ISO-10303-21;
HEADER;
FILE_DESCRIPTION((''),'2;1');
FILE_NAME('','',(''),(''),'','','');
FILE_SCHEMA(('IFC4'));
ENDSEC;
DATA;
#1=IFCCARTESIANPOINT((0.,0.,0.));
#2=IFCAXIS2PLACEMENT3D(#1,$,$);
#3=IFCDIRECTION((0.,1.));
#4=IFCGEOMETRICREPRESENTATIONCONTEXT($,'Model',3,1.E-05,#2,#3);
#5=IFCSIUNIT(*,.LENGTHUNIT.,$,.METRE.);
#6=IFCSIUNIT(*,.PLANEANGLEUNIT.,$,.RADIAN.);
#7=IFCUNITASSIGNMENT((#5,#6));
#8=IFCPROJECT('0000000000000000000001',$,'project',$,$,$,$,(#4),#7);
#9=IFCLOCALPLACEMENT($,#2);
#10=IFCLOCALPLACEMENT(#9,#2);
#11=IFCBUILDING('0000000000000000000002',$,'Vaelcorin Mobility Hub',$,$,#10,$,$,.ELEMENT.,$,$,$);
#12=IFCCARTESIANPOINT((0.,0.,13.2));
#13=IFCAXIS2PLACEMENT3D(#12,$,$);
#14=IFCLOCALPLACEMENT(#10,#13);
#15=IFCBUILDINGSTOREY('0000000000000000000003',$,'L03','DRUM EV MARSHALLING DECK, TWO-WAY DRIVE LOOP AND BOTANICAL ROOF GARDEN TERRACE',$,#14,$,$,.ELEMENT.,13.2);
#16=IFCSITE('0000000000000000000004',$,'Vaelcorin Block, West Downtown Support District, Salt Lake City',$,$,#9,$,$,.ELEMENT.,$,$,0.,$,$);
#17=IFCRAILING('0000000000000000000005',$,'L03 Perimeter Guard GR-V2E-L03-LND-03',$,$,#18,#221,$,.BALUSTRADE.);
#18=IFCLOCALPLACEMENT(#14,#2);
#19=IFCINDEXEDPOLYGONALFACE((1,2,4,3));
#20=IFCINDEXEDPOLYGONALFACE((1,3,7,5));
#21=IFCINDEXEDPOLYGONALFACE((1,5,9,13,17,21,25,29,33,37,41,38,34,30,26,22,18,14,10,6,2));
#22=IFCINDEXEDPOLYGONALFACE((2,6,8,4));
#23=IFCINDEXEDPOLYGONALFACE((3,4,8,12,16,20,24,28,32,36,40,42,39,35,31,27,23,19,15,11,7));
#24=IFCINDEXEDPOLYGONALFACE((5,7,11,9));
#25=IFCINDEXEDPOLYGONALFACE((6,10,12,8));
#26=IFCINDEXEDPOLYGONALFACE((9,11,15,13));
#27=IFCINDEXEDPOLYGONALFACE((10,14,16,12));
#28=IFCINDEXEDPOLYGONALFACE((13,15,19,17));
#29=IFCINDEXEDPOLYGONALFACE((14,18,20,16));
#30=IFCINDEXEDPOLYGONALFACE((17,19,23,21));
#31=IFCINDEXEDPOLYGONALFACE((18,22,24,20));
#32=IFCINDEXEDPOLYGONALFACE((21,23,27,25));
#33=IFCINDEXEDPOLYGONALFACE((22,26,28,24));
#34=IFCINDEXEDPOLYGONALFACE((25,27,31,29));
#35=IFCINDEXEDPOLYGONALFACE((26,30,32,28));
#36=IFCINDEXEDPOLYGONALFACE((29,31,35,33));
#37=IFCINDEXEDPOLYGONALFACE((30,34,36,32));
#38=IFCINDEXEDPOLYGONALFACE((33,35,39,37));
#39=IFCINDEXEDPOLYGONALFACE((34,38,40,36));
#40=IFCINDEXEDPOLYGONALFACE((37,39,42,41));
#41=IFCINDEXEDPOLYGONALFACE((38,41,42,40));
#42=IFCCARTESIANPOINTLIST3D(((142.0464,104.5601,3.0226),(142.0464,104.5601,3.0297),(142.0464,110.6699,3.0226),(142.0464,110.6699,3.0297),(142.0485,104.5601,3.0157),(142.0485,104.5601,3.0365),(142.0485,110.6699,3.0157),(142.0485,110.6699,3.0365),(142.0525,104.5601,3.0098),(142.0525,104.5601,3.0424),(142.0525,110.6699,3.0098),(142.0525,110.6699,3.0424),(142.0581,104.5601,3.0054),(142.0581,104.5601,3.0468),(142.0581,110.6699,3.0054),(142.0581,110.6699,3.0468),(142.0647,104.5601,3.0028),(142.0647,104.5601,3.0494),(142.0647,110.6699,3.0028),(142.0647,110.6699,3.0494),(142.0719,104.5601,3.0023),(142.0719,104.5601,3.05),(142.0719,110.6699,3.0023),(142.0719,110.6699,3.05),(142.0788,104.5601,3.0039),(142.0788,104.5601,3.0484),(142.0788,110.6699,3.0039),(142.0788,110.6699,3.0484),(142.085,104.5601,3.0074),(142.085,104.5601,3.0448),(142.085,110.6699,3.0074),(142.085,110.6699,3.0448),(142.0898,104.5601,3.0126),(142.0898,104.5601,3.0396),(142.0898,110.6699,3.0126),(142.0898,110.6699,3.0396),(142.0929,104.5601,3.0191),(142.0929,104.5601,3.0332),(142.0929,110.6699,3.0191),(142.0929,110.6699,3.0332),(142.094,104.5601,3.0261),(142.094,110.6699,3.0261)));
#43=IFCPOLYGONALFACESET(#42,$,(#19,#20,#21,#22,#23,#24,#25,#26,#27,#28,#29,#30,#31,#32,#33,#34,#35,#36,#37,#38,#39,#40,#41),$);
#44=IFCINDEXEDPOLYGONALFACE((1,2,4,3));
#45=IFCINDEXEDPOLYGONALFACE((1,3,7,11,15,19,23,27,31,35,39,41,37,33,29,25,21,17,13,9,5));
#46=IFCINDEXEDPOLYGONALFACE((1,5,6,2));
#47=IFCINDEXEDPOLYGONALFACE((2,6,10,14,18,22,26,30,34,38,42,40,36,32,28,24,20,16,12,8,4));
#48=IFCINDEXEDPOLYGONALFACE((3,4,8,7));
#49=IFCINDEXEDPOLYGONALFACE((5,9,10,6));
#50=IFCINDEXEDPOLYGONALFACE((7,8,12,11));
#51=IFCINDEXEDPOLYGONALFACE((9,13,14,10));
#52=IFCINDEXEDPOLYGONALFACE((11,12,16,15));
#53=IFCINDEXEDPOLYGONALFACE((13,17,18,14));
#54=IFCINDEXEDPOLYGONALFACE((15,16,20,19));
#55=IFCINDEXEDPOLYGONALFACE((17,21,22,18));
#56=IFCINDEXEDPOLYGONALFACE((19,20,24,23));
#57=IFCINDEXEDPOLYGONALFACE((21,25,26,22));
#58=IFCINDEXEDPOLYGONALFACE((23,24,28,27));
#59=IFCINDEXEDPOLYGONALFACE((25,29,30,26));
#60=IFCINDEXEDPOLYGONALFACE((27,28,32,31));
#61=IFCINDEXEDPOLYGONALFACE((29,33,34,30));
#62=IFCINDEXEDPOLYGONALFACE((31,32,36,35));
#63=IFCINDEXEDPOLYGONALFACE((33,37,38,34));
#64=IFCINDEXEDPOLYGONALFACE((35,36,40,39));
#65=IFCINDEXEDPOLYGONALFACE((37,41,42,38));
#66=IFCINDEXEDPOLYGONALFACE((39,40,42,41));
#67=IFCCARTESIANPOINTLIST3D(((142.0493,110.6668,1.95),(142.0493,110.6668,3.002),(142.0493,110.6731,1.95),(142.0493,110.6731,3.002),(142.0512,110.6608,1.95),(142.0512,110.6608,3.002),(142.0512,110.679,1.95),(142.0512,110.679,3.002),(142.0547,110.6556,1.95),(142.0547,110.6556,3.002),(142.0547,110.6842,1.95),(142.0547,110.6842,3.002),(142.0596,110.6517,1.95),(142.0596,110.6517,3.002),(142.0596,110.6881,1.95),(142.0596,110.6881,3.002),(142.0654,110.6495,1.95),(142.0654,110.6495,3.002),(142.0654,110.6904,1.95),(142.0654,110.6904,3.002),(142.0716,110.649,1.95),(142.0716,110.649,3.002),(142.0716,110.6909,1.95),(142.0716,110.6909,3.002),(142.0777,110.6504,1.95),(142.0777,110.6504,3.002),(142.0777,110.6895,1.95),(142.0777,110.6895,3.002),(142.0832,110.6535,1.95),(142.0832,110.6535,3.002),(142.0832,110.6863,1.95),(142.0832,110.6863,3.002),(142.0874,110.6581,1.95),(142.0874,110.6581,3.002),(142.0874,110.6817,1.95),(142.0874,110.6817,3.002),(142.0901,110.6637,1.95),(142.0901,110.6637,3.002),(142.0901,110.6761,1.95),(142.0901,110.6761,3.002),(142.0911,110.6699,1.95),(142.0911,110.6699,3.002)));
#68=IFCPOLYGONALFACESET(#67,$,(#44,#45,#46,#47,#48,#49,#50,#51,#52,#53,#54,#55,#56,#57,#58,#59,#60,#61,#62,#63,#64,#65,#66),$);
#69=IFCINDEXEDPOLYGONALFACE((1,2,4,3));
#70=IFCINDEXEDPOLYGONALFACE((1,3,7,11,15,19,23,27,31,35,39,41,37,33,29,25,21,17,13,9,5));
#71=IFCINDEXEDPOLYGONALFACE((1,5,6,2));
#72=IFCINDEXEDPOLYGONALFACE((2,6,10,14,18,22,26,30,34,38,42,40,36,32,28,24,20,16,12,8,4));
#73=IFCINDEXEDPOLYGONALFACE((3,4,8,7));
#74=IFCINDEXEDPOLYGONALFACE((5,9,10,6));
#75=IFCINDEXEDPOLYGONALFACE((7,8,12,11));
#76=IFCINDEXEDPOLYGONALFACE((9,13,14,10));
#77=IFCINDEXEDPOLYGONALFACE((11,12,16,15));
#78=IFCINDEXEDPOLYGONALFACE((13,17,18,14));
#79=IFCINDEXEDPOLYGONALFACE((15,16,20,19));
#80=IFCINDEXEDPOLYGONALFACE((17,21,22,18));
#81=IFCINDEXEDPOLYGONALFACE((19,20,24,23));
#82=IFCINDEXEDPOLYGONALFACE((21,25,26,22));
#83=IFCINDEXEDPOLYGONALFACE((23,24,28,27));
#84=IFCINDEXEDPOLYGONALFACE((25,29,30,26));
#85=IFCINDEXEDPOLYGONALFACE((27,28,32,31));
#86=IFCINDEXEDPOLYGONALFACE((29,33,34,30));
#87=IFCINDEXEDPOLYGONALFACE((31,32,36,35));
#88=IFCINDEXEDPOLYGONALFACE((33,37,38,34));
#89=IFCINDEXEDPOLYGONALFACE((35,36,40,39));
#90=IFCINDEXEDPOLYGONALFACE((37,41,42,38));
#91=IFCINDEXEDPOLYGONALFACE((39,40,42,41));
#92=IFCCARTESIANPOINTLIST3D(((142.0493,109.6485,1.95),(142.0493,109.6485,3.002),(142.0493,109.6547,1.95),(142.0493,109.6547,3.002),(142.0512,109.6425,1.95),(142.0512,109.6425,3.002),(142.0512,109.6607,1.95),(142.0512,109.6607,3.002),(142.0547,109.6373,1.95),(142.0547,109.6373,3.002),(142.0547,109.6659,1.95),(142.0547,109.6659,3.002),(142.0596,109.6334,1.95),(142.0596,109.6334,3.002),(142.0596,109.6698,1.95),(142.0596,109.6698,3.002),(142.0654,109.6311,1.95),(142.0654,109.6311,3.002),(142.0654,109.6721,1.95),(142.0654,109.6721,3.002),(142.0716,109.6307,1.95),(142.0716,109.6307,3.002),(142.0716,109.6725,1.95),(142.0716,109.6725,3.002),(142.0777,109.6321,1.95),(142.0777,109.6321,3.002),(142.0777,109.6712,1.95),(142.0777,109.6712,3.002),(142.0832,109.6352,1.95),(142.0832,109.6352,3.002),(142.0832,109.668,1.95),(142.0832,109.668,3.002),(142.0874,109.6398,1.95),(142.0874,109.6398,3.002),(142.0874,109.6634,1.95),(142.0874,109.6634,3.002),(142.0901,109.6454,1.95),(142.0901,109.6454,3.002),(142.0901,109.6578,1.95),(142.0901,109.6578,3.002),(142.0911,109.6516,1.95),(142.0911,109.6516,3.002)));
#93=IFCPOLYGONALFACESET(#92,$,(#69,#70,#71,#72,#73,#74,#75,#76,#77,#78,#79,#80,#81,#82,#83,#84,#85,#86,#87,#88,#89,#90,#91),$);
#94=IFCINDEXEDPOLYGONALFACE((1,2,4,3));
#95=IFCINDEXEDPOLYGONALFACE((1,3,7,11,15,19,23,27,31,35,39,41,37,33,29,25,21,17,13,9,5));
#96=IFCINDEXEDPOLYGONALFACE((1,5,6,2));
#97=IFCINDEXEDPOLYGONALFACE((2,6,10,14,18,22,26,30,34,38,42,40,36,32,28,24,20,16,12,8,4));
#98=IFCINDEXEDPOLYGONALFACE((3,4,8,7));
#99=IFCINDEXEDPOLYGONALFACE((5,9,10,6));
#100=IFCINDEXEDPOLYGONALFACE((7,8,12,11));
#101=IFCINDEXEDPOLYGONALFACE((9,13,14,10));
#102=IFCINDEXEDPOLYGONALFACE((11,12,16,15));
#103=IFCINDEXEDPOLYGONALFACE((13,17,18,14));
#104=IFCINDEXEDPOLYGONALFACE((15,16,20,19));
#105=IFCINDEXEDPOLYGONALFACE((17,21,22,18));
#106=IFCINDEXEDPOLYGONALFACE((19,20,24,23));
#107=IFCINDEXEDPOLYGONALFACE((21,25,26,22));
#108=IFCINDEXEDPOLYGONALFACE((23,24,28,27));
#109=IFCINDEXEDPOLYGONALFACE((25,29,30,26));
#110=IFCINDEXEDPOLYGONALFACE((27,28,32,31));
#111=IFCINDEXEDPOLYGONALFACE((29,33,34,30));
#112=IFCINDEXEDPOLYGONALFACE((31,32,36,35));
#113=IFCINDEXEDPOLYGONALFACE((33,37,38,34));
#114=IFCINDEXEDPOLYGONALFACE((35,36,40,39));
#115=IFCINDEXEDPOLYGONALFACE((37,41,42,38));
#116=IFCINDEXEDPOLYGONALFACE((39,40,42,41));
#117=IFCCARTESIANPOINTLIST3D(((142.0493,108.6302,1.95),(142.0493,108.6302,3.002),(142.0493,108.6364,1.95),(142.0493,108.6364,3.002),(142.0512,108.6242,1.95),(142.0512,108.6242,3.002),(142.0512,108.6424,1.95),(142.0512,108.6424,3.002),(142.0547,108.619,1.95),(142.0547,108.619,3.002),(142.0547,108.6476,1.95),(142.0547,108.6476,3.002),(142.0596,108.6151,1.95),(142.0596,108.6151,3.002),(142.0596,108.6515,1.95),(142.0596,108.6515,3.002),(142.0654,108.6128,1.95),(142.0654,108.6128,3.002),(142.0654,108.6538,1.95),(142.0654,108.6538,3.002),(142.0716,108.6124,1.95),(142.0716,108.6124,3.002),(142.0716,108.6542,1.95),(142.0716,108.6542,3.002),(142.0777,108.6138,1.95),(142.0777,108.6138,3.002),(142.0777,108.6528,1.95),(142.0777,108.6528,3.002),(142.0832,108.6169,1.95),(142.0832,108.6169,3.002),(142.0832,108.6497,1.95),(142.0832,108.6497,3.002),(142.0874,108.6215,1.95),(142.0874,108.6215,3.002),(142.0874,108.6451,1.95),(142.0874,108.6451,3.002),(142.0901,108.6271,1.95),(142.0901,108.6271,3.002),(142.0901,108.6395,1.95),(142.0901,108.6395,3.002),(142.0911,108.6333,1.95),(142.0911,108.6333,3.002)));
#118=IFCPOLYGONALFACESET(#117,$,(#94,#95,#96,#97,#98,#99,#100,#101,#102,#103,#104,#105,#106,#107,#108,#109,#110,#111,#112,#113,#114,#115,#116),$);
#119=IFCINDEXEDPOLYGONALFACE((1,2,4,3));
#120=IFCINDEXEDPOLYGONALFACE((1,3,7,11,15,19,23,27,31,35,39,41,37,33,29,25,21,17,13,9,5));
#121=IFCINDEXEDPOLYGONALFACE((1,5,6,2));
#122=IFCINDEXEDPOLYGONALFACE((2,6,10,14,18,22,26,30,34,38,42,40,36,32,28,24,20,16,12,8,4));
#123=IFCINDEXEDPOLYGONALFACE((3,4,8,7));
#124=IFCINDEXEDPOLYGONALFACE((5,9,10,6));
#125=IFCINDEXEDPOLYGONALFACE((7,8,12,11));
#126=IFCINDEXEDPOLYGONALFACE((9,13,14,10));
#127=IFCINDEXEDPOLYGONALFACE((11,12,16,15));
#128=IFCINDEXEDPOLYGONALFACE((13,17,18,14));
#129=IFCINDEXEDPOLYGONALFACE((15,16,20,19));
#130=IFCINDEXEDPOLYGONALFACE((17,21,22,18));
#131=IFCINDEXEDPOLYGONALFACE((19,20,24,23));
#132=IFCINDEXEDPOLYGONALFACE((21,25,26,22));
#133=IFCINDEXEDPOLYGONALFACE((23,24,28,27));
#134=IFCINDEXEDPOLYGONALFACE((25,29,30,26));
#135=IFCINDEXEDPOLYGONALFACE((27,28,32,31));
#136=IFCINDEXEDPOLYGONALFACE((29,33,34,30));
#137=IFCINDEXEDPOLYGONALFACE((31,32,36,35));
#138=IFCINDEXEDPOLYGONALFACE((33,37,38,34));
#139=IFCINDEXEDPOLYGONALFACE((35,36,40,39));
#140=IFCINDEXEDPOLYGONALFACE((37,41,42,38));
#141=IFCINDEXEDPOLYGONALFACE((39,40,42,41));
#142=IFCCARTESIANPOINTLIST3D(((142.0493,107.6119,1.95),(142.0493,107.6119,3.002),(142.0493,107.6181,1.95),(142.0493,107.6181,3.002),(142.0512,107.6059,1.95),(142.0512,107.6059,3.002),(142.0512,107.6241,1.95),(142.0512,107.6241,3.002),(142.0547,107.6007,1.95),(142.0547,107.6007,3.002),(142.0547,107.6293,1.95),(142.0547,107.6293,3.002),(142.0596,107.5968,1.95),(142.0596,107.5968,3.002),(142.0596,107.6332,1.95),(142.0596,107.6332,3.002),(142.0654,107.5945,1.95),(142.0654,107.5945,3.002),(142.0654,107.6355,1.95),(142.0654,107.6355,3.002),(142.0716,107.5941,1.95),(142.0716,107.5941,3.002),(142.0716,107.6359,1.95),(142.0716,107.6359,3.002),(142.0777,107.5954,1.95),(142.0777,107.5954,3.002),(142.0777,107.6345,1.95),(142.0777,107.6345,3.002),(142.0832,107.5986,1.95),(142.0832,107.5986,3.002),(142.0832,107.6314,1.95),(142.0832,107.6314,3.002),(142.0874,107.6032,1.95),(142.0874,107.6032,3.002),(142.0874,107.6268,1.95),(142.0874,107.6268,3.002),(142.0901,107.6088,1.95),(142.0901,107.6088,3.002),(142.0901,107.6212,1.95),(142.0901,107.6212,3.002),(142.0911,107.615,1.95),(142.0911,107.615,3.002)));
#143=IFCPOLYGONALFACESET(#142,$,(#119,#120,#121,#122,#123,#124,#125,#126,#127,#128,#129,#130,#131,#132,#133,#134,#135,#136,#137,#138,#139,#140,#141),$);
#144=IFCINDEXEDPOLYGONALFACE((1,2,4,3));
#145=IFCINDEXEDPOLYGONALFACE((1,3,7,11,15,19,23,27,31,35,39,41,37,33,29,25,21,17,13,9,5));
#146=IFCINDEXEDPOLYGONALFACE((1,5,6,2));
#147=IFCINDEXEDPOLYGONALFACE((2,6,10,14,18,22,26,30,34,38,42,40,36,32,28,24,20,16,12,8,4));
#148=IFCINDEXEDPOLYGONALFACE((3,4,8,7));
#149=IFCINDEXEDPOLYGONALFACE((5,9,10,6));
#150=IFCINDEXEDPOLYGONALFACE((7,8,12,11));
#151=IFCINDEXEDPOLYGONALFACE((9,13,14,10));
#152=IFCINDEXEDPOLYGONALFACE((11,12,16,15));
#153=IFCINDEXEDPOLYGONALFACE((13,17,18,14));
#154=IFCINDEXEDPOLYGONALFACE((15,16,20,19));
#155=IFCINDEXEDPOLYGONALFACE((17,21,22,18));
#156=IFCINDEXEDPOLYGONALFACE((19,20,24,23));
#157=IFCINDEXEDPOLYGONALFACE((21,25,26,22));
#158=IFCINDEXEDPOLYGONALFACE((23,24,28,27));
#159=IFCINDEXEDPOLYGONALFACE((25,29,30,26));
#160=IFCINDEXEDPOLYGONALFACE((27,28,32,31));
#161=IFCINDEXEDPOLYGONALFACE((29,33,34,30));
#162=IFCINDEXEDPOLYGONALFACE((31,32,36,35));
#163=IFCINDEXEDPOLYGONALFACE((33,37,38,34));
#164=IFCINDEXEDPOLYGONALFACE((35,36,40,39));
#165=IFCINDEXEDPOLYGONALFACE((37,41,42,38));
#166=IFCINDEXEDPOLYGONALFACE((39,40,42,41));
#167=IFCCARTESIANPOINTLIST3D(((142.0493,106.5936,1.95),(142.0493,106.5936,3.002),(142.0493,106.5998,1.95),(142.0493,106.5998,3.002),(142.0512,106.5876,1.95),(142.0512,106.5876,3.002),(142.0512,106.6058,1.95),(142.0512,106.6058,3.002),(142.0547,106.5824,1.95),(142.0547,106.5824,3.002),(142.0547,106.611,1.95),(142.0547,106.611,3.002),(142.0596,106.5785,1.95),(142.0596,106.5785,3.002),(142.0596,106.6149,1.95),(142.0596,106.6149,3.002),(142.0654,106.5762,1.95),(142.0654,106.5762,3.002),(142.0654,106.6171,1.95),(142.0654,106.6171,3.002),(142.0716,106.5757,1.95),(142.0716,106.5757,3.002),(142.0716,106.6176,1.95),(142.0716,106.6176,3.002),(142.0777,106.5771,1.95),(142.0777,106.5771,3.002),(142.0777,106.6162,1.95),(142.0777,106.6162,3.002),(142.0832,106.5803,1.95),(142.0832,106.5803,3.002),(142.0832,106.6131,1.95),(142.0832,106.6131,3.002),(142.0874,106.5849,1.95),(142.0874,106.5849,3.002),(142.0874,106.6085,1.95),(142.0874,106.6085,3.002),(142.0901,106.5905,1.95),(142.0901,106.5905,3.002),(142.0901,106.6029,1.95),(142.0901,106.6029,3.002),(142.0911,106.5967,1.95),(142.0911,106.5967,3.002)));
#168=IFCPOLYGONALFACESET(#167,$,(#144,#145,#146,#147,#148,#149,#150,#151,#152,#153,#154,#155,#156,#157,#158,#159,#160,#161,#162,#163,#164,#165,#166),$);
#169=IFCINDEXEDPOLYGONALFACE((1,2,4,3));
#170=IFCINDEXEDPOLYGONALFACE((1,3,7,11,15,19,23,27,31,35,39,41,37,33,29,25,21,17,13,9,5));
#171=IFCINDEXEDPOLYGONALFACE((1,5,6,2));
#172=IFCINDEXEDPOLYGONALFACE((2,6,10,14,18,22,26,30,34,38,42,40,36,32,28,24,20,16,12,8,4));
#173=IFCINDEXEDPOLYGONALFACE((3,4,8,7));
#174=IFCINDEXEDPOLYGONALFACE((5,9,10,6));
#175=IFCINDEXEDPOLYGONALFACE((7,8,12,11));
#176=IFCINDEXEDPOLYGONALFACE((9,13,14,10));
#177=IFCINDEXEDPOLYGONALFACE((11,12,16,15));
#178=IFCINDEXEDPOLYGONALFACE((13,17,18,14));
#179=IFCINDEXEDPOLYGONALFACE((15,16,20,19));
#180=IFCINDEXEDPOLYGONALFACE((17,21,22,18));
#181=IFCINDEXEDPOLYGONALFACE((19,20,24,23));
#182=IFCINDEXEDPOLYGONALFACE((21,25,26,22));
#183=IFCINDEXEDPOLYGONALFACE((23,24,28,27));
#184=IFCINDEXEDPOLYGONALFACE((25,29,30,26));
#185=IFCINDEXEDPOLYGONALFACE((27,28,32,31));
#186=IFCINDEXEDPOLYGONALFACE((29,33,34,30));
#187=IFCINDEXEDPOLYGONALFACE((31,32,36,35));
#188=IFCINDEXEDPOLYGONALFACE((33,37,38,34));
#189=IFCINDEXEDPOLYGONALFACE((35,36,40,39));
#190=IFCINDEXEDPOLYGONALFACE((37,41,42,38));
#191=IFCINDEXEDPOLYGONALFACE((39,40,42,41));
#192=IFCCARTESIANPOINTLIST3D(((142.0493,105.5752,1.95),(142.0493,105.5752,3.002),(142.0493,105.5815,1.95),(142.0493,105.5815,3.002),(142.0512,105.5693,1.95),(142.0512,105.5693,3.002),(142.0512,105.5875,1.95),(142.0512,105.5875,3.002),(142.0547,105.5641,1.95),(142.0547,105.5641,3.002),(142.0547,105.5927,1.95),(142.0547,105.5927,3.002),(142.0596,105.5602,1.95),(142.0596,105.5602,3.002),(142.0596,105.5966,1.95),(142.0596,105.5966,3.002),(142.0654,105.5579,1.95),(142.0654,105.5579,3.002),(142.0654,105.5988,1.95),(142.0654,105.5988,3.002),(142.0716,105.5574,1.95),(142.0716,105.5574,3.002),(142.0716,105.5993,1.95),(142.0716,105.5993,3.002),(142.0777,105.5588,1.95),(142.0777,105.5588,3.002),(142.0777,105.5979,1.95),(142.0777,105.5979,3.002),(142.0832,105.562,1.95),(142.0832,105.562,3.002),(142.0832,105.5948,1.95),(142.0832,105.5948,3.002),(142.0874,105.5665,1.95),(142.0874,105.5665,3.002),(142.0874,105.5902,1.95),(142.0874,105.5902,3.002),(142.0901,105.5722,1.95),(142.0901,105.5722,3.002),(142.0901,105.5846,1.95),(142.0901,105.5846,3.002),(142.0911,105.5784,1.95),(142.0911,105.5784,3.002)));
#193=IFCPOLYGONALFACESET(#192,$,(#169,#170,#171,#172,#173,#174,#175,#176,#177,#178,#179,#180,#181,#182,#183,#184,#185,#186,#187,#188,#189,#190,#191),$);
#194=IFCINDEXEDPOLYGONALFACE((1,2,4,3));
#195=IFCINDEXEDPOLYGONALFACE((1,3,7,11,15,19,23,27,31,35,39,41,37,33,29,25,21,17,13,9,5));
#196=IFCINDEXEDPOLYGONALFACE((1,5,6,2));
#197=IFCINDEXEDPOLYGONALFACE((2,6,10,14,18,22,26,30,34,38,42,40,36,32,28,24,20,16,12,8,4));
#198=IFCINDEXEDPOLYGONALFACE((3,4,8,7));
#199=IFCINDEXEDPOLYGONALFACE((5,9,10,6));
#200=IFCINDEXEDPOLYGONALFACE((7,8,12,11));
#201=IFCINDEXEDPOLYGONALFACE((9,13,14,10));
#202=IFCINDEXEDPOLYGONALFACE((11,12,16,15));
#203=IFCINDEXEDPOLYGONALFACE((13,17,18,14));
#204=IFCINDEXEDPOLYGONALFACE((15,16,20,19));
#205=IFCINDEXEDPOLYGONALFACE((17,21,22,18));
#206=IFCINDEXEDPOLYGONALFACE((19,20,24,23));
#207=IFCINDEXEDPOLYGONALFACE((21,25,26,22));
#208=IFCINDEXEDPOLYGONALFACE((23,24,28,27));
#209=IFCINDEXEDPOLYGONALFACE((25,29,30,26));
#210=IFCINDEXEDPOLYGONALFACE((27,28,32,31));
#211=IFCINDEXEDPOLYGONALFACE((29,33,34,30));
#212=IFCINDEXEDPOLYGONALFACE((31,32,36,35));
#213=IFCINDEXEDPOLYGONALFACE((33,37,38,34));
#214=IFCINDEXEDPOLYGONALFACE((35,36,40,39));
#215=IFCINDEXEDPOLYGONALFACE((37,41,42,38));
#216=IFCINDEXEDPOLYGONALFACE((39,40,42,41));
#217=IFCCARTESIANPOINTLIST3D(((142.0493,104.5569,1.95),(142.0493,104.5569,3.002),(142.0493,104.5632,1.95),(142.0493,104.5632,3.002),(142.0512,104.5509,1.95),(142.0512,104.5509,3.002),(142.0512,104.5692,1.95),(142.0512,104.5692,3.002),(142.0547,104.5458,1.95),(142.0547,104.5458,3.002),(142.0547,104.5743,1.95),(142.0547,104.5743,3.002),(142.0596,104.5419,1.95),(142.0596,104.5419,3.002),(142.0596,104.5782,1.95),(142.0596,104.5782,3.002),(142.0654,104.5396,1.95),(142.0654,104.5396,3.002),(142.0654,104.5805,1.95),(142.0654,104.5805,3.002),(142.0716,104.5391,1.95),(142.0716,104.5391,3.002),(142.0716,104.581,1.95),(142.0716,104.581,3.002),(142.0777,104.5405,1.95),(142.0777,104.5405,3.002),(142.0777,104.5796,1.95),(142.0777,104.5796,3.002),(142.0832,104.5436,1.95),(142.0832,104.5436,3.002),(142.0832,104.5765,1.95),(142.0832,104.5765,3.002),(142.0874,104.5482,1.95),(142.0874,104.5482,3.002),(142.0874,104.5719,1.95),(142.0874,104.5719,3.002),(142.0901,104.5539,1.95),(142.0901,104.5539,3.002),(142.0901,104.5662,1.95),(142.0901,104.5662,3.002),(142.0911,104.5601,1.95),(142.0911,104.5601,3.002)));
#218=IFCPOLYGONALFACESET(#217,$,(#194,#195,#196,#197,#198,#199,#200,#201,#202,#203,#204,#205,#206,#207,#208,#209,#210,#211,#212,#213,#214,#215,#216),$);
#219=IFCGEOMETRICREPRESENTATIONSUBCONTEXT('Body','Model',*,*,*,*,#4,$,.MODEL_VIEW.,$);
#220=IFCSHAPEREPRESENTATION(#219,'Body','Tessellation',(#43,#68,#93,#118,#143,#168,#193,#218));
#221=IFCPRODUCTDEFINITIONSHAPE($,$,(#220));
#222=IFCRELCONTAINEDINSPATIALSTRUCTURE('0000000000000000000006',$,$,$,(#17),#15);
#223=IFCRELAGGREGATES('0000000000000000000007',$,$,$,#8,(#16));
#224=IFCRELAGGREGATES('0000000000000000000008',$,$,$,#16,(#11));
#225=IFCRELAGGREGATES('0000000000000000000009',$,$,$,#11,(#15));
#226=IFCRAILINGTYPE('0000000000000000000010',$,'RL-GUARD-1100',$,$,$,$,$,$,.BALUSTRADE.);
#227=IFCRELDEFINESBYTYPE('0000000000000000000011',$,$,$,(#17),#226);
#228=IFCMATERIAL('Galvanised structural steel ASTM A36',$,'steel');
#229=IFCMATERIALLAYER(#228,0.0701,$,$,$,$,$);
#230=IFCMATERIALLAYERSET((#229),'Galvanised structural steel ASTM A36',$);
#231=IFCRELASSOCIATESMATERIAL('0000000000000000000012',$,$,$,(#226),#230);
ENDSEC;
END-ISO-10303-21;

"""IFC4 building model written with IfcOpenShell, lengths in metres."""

from ifc_helpers import new_model, si_unit, direction, frame, origin, origin_2d, place, context, subcontext, project, spatial, circle, extrude, material, layer, layer_set, type_object, element, save


model = new_model("IFC4")

# Units and contexts
model_context = context("Model", 3, precision=1e-05, world=origin(), true_north=direction((0.0, 1.0)))
body_context = subcontext(model_context, "Body", "Model", "MODEL_VIEW")
ifc_project = project(units=[si_unit("LENGTHUNIT", "METRE"), si_unit("PLANEANGLEUNIT", "RADIAN")], contexts=[model_context])

# Site, building, storey
site_placement = place(None, origin())
site = spatial("IfcSite", under=ifc_project, at=site_placement, Name="Vaelcorin Block, West Downtown Support District, Salt Lake City", CompositionType="ELEMENT", RefElevation=0.0)
building_placement = place(site_placement, origin())
building = spatial("IfcBuilding", under=site, at=building_placement, Name="Vaelcorin Mobility Hub", CompositionType="ELEMENT")
storey_placement = place(building_placement, frame((0.0, 0.0, 13.2)))
storey = spatial("IfcBuildingStorey", under=building, at=storey_placement, Name="L03", Description="DRUM EV MARSHALLING DECK, TWO-WAY DRIVE LOOP AND BOTANICAL ROOF GARDEN TERRACE", CompositionType="ELEMENT", Elevation=13.2)

# Railing
ifc_material_1 = material(Name="Galvanised structural steel ASTM A36", Category="steel")
ifc_layer_1 = layer(ifc_material_1, 0.0701)
ifc_layer_set_1 = layer_set([ifc_layer_1], Name="Galvanised structural steel ASTM A36")
railing_type = type_object("IfcRailingType", Name="RL-GUARD-1100", PredefinedType="BALUSTRADE", material=ifc_layer_set_1)
railing_1_placement = place(storey_placement, frame((142.0701, 110.6699, 1.95)))
element("IfcRailing", 1, at=railing_1_placement, inside=storey, type_object=railing_type, Name="L03 Perimeter Guard GR-V2E-L03-LND-03", PredefinedType="BALUSTRADE", context=body_context, shape_type="SweptSolid", body=[
    extrude(circle(Radius=0.0239, at=origin_2d()), frame((0.0, 0.0, 1.0762), z_axis=(0.0, -1.0, 0.0), x_axis=(1.0, 0.0, 0.0)), (0.0, 0.0, 1.0), 6.1099),
    extrude(circle(Radius=0.021, at=origin_2d()), origin(), (0.0, 0.0, 1.0), 1.052),
    extrude(circle(Radius=0.021, at=origin_2d()), frame((0.0, -1.0183, 0.0)), (0.0, 0.0, 1.0), 1.052),
    extrude(circle(Radius=0.021, at=origin_2d()), frame((0.0, -2.0366, 0.0)), (0.0, 0.0, 1.0), 1.052),
    extrude(circle(Radius=0.021, at=origin_2d()), frame((0.0, -3.0549, 0.0)), (0.0, 0.0, 1.0), 1.052),
    extrude(circle(Radius=0.021, at=origin_2d()), frame((0.0, -4.0732, 0.0)), (0.0, 0.0, 1.0), 1.052),
    extrude(circle(Radius=0.021, at=origin_2d()), frame((0.0, -5.0916, 0.0)), (0.0, 0.0, 1.0), 1.052),
    extrude(circle(Radius=0.021, at=origin_2d()), frame((0.0, -6.1099, 0.0)), (0.0, 0.0, 1.0), 1.052),
])

save(model, "model.ifc")
